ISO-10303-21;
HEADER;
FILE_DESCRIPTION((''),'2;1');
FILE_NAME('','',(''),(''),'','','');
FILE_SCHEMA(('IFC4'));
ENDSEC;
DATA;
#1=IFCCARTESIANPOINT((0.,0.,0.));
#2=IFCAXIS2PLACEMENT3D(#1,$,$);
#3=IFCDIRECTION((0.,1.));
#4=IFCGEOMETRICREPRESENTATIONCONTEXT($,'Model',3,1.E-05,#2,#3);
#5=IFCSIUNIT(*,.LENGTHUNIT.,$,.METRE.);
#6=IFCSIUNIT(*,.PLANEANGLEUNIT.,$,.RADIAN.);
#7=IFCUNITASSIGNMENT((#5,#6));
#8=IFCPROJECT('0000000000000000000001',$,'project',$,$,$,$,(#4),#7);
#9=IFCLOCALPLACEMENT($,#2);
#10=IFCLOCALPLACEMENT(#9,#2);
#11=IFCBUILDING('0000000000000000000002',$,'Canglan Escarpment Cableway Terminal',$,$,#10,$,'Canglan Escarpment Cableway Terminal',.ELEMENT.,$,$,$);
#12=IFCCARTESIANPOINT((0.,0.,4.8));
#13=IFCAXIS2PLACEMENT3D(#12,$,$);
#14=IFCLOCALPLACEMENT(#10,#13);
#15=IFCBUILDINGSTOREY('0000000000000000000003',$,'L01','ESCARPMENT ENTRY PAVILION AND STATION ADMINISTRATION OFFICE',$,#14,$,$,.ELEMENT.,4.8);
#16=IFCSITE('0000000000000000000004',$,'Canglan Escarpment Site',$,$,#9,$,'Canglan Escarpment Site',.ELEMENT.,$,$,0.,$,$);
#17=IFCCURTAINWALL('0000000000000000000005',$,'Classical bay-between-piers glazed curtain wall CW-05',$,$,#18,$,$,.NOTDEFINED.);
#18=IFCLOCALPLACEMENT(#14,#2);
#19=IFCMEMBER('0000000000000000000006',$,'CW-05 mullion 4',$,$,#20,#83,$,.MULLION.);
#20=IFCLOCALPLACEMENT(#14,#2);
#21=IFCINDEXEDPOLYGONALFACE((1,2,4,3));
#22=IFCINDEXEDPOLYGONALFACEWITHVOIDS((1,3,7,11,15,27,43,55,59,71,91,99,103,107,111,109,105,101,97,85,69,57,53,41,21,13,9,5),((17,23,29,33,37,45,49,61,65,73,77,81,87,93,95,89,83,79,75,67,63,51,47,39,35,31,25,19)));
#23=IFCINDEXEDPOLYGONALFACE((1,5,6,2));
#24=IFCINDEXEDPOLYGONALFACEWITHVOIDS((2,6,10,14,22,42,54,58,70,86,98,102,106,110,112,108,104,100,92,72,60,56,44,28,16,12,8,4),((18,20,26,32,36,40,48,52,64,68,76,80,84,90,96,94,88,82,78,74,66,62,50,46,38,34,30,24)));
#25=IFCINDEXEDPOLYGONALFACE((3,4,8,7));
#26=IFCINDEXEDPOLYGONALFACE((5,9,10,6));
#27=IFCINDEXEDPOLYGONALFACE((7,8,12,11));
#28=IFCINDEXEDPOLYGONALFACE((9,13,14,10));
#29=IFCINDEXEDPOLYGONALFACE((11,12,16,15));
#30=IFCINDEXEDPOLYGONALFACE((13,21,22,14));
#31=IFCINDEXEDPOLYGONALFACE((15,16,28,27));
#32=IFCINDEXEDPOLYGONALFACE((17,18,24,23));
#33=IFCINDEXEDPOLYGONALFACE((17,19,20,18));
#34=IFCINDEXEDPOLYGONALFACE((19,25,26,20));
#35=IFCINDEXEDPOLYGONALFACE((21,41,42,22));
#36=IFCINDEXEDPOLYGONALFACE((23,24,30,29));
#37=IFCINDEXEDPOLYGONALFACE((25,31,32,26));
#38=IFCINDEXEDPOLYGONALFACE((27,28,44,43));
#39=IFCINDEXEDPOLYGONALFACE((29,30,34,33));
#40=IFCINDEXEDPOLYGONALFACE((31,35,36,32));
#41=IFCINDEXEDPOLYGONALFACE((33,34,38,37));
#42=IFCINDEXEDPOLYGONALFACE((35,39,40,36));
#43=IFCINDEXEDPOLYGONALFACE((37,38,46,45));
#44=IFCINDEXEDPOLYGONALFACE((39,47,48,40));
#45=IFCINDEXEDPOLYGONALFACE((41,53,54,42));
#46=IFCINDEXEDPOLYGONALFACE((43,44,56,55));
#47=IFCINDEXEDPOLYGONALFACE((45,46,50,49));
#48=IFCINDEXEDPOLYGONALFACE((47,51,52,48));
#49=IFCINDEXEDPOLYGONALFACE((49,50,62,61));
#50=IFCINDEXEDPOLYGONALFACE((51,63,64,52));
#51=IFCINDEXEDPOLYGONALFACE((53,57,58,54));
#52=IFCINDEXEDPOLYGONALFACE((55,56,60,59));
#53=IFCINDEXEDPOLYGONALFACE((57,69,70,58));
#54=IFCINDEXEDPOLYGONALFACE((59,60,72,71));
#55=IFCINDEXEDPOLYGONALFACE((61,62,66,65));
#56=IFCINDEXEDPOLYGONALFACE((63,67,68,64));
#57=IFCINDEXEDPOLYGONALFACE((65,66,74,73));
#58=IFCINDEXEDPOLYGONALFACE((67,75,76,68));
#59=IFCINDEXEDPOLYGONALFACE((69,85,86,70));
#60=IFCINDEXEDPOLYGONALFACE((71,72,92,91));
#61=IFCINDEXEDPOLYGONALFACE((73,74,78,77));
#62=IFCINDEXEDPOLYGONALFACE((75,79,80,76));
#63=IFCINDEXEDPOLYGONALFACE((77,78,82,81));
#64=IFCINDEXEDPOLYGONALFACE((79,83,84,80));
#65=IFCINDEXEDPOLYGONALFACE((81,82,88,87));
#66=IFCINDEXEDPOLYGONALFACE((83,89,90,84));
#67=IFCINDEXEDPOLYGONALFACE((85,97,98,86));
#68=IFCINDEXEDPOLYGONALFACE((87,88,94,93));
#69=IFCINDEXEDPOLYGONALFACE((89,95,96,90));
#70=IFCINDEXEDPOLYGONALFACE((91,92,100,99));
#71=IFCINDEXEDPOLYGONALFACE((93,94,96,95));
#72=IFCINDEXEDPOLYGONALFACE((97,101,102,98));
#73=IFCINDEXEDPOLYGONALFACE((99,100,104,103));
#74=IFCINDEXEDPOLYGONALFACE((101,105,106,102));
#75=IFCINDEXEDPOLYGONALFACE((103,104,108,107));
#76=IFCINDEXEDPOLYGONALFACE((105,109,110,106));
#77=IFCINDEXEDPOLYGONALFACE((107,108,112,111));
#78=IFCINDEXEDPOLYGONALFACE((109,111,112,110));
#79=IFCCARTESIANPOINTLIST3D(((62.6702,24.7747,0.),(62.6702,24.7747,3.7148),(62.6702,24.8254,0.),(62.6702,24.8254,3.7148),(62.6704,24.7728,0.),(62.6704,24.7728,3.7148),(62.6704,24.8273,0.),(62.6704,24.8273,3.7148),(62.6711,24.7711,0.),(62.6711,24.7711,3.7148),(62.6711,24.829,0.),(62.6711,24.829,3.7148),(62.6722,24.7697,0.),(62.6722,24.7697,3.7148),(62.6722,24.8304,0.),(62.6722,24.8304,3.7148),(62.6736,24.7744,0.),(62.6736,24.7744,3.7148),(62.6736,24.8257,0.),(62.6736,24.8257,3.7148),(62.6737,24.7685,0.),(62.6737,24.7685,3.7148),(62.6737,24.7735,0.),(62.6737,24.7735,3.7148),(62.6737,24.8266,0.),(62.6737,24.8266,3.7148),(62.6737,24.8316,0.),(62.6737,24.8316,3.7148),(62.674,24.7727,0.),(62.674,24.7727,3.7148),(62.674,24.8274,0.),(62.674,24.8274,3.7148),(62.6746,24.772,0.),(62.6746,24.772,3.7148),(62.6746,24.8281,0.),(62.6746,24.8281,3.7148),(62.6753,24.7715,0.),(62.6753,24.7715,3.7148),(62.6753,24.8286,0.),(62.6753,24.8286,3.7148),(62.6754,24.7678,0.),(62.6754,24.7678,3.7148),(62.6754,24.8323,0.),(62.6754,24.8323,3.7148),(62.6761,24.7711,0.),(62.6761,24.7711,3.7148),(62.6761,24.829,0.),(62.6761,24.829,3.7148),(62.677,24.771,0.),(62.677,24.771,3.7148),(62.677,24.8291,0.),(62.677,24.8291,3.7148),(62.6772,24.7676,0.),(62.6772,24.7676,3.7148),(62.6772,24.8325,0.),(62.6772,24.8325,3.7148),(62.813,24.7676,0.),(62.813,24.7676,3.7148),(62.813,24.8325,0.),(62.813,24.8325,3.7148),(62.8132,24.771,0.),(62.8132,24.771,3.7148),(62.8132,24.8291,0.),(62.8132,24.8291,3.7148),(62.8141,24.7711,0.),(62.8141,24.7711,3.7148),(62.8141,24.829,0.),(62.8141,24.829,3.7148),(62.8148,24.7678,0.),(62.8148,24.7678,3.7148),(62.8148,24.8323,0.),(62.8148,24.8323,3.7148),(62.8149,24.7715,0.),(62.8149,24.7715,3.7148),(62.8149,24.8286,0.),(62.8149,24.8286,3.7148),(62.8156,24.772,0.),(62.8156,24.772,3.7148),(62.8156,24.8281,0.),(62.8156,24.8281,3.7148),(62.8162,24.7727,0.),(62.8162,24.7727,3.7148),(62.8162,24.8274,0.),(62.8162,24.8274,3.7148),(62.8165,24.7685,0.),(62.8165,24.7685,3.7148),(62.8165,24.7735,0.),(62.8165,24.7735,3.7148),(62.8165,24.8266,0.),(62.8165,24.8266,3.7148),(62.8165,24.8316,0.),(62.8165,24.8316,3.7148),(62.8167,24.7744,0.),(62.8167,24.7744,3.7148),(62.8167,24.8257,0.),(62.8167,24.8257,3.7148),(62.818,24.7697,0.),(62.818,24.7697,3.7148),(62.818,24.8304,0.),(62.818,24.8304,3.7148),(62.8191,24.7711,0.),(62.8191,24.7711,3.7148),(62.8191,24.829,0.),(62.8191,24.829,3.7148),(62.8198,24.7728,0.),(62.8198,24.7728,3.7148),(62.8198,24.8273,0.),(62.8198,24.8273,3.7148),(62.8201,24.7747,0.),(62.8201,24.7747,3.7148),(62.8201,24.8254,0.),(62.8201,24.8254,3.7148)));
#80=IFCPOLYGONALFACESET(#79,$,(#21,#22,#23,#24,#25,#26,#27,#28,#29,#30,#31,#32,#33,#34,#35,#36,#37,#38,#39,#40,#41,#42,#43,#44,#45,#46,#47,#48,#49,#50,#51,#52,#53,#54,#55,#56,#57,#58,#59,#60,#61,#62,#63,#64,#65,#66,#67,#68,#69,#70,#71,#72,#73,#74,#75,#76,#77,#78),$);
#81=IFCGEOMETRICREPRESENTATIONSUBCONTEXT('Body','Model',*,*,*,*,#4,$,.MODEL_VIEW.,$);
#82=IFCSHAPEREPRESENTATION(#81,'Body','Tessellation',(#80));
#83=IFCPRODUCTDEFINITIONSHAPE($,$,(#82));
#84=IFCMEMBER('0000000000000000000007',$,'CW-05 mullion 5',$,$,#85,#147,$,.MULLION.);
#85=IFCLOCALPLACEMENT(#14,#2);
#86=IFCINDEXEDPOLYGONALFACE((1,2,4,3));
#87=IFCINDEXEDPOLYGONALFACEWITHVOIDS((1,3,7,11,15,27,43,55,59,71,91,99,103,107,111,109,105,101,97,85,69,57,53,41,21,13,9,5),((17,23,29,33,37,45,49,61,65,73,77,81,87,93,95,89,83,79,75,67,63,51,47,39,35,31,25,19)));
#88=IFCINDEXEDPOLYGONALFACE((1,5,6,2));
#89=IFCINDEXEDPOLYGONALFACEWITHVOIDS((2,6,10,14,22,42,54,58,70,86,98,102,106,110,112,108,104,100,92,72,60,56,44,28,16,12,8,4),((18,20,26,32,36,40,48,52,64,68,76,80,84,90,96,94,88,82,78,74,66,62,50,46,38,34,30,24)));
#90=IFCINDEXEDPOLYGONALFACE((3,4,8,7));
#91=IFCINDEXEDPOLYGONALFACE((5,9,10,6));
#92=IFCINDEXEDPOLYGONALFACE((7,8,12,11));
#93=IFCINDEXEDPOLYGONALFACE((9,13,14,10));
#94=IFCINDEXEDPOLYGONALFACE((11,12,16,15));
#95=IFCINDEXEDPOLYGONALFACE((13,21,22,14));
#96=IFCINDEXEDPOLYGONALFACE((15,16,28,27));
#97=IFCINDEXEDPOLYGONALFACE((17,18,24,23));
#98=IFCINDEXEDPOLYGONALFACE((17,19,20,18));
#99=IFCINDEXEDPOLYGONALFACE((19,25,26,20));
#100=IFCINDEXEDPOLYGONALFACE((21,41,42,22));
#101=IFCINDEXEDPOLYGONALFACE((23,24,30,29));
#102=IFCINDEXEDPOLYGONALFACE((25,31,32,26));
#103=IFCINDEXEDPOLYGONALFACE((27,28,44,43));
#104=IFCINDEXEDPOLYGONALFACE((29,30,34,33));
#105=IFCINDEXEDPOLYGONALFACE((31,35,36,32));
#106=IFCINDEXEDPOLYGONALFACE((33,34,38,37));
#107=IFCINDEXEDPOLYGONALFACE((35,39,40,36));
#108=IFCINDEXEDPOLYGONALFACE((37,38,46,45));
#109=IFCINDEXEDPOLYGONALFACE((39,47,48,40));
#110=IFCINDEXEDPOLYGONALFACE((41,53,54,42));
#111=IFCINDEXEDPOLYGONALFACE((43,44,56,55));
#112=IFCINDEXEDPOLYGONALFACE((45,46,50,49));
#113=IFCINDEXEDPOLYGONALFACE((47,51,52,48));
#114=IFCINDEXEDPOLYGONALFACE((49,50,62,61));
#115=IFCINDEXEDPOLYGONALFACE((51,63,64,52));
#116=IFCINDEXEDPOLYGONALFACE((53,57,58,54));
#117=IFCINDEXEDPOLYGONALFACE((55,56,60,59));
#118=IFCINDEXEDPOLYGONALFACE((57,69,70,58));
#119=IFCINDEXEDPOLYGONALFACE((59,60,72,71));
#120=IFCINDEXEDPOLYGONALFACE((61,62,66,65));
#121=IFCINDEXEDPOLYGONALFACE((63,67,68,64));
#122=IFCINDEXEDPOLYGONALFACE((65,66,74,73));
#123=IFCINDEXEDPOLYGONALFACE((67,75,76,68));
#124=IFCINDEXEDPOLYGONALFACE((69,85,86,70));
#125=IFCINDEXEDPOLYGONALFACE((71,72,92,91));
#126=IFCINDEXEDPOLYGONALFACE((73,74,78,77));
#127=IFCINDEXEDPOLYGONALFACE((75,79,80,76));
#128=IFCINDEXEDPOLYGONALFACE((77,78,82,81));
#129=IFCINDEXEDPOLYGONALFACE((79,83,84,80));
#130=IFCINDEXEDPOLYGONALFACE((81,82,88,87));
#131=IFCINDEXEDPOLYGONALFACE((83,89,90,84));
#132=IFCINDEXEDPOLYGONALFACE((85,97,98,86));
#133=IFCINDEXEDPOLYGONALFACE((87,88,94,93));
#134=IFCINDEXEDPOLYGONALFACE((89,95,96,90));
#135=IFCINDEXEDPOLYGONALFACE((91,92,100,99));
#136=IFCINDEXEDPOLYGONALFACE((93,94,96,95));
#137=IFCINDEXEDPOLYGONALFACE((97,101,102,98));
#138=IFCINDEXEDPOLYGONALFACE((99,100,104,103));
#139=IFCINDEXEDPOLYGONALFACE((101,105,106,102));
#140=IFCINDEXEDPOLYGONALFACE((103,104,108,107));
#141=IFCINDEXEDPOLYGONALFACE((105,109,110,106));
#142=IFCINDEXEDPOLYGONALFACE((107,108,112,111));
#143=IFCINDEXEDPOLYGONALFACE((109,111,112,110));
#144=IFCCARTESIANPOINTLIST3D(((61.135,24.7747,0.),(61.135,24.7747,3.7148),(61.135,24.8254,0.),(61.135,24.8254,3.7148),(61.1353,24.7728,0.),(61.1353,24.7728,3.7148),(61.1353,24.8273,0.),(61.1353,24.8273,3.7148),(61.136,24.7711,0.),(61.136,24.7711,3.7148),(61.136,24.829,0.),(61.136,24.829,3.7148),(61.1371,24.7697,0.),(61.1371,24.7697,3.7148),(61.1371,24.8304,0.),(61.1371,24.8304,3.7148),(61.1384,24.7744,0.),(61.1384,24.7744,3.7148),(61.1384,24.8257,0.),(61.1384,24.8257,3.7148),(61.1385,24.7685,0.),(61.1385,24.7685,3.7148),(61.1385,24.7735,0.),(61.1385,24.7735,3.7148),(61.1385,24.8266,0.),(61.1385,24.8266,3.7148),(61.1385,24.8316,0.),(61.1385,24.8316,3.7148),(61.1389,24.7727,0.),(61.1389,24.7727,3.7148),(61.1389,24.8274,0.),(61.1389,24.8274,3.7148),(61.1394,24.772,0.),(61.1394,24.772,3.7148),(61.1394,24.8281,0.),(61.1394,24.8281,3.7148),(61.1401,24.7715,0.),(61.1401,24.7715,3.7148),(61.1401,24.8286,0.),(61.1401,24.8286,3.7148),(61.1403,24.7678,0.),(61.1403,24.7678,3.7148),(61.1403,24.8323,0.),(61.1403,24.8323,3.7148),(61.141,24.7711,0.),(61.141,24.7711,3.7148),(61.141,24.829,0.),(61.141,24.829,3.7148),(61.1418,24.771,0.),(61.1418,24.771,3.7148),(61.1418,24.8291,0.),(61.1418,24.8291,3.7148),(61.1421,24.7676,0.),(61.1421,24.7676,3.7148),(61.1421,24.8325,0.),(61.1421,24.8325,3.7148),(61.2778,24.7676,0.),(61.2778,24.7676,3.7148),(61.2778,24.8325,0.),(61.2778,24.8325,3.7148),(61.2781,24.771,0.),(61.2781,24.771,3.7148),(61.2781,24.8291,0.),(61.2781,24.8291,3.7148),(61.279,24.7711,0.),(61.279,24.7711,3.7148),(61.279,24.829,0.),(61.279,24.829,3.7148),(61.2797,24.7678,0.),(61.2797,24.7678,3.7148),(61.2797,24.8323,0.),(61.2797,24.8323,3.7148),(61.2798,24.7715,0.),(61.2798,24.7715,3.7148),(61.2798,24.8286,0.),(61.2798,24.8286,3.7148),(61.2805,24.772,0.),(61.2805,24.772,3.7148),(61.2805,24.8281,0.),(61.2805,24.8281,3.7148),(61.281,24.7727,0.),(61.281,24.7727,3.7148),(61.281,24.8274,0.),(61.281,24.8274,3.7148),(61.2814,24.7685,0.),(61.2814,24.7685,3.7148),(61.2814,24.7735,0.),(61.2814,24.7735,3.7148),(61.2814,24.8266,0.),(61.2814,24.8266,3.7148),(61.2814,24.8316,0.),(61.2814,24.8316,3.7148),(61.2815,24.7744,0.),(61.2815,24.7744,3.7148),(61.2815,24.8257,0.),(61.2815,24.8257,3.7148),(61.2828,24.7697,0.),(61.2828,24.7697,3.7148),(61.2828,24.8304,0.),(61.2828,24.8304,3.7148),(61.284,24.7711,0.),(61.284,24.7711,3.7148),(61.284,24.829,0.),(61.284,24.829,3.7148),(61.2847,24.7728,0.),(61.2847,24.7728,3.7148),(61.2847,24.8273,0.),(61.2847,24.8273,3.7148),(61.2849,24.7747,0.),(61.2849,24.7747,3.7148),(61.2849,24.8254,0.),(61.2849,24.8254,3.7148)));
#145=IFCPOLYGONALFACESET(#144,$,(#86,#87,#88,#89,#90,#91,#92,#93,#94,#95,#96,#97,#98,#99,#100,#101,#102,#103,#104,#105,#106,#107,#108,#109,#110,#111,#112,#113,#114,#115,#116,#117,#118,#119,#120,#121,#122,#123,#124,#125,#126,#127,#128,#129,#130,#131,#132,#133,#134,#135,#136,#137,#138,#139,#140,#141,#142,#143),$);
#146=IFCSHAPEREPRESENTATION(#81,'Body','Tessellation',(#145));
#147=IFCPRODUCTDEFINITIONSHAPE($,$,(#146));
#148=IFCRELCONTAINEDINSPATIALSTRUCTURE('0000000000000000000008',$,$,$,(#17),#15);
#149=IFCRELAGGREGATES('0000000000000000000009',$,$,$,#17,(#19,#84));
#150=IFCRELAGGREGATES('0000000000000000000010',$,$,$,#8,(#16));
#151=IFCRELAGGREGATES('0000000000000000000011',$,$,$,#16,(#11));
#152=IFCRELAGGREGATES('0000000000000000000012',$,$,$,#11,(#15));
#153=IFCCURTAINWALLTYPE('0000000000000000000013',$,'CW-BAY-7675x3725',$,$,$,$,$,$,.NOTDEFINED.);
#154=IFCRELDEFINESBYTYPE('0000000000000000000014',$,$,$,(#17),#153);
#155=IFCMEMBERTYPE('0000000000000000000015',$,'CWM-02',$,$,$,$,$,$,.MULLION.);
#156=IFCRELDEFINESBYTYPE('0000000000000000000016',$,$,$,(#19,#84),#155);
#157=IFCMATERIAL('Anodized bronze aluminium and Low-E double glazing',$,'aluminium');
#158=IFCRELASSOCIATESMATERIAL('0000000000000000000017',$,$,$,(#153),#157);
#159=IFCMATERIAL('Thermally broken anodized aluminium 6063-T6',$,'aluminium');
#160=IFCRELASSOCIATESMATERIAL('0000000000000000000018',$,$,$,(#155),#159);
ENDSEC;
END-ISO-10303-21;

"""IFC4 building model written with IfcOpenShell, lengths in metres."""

from ifc_helpers import new_model, si_unit, direction, frame, origin, origin_2d, place, context, subcontext, project, spatial, hollow_rectangle, extrude, material, material_profile, profile_set, type_object, element, aggregate, save


model = new_model("IFC4")

# Units and contexts
model_context = context("Model", 3, precision=1e-05, world=origin(), true_north=direction((0.0, 1.0)))
body_context = subcontext(model_context, "Body", "Model", "MODEL_VIEW")
ifc_project = project(units=[si_unit("LENGTHUNIT", "METRE"), si_unit("PLANEANGLEUNIT", "RADIAN")], contexts=[model_context])

# Site, building, storey
site_placement = place(None, origin())
site = spatial("IfcSite", under=ifc_project, at=site_placement, Name="Canglan Escarpment Site", LongName="Canglan Escarpment Site", CompositionType="ELEMENT", RefElevation=0.0)
building_placement = place(site_placement, origin())
building = spatial("IfcBuilding", under=site, at=building_placement, Name="Canglan Escarpment Cableway Terminal", LongName="Canglan Escarpment Cableway Terminal", CompositionType="ELEMENT")
storey_placement = place(building_placement, frame((0.0, 0.0, 4.8)))
storey = spatial("IfcBuildingStorey", under=building, at=storey_placement, Name="L01", Description="ESCARPMENT ENTRY PAVILION AND STATION ADMINISTRATION OFFICE", CompositionType="ELEMENT", Elevation=4.8)

# Curtain wall, members
ifc_material_1 = material(Name="Anodized bronze aluminium and Low-E double glazing", Category="aluminium")
curtain_wall_type = type_object("IfcCurtainWallType", Name="CW-BAY-7675x3725", PredefinedType="NOTDEFINED", material=ifc_material_1)
curtain_wall_placement = place(storey_placement, origin())
curtain_wall = element("IfcCurtainWall", 1, at=curtain_wall_placement, inside=storey, type_object=curtain_wall_type, Name="Classical bay-between-piers glazed curtain wall CW-05", PredefinedType="NOTDEFINED")
ifc_material_2 = material(Name="Thermally broken anodized aluminium 6063-T6", Category="aluminium")
ifc_material_profile_1 = material_profile(ifc_material_2, hollow_rectangle(XDim=0.0649, YDim=0.1499, WallThickness=0.0034, InnerFilletRadius=0.0034, OuterFilletRadius=0.0071, at=origin_2d()), Name="ALU-MULL 65x150x3.5")
ifc_profile_set_1 = profile_set([ifc_material_profile_1], Name="Thermally broken anodized aluminium 6063-T6")
member_type_1 = type_object("IfcMemberType", Name="CWM-02", PredefinedType="MULLION", material=ifc_profile_set_1)
member_1_placement = place(storey_placement, frame((62.7451, 24.8, 0.0), z_axis=(0.0, 0.0, 1.0), x_axis=(0.0, -1.0, 0.0)))
member_1 = element("IfcMember", 2, at=member_1_placement, type_object=member_type_1, Name="CW-05 mullion 4", PredefinedType="MULLION", context=body_context, shape_type="SweptSolid", body=[
    extrude(hollow_rectangle(XDim=0.0649, YDim=0.1499, WallThickness=0.0034, InnerFilletRadius=0.0034, OuterFilletRadius=0.0071, at=origin_2d()), origin(), (0.0, 0.0, 1.0), 3.7148),
])
member_2_placement = place(storey_placement, frame((61.21, 24.8, 0.0), z_axis=(0.0, 0.0, 1.0), x_axis=(0.0, -1.0, 0.0)))
member_2 = element("IfcMember", 3, at=member_2_placement, type_object=member_type_1, Name="CW-05 mullion 5", PredefinedType="MULLION", context=body_context, shape_type="SweptSolid", body=[
    extrude(hollow_rectangle(XDim=0.0649, YDim=0.1499, WallThickness=0.0034, InnerFilletRadius=0.0034, OuterFilletRadius=0.0071, at=origin_2d()), origin(), (0.0, 0.0, 1.0), 3.7148),
])
aggregate(curtain_wall, [member_1, member_2])

save(model, "model.ifc")
